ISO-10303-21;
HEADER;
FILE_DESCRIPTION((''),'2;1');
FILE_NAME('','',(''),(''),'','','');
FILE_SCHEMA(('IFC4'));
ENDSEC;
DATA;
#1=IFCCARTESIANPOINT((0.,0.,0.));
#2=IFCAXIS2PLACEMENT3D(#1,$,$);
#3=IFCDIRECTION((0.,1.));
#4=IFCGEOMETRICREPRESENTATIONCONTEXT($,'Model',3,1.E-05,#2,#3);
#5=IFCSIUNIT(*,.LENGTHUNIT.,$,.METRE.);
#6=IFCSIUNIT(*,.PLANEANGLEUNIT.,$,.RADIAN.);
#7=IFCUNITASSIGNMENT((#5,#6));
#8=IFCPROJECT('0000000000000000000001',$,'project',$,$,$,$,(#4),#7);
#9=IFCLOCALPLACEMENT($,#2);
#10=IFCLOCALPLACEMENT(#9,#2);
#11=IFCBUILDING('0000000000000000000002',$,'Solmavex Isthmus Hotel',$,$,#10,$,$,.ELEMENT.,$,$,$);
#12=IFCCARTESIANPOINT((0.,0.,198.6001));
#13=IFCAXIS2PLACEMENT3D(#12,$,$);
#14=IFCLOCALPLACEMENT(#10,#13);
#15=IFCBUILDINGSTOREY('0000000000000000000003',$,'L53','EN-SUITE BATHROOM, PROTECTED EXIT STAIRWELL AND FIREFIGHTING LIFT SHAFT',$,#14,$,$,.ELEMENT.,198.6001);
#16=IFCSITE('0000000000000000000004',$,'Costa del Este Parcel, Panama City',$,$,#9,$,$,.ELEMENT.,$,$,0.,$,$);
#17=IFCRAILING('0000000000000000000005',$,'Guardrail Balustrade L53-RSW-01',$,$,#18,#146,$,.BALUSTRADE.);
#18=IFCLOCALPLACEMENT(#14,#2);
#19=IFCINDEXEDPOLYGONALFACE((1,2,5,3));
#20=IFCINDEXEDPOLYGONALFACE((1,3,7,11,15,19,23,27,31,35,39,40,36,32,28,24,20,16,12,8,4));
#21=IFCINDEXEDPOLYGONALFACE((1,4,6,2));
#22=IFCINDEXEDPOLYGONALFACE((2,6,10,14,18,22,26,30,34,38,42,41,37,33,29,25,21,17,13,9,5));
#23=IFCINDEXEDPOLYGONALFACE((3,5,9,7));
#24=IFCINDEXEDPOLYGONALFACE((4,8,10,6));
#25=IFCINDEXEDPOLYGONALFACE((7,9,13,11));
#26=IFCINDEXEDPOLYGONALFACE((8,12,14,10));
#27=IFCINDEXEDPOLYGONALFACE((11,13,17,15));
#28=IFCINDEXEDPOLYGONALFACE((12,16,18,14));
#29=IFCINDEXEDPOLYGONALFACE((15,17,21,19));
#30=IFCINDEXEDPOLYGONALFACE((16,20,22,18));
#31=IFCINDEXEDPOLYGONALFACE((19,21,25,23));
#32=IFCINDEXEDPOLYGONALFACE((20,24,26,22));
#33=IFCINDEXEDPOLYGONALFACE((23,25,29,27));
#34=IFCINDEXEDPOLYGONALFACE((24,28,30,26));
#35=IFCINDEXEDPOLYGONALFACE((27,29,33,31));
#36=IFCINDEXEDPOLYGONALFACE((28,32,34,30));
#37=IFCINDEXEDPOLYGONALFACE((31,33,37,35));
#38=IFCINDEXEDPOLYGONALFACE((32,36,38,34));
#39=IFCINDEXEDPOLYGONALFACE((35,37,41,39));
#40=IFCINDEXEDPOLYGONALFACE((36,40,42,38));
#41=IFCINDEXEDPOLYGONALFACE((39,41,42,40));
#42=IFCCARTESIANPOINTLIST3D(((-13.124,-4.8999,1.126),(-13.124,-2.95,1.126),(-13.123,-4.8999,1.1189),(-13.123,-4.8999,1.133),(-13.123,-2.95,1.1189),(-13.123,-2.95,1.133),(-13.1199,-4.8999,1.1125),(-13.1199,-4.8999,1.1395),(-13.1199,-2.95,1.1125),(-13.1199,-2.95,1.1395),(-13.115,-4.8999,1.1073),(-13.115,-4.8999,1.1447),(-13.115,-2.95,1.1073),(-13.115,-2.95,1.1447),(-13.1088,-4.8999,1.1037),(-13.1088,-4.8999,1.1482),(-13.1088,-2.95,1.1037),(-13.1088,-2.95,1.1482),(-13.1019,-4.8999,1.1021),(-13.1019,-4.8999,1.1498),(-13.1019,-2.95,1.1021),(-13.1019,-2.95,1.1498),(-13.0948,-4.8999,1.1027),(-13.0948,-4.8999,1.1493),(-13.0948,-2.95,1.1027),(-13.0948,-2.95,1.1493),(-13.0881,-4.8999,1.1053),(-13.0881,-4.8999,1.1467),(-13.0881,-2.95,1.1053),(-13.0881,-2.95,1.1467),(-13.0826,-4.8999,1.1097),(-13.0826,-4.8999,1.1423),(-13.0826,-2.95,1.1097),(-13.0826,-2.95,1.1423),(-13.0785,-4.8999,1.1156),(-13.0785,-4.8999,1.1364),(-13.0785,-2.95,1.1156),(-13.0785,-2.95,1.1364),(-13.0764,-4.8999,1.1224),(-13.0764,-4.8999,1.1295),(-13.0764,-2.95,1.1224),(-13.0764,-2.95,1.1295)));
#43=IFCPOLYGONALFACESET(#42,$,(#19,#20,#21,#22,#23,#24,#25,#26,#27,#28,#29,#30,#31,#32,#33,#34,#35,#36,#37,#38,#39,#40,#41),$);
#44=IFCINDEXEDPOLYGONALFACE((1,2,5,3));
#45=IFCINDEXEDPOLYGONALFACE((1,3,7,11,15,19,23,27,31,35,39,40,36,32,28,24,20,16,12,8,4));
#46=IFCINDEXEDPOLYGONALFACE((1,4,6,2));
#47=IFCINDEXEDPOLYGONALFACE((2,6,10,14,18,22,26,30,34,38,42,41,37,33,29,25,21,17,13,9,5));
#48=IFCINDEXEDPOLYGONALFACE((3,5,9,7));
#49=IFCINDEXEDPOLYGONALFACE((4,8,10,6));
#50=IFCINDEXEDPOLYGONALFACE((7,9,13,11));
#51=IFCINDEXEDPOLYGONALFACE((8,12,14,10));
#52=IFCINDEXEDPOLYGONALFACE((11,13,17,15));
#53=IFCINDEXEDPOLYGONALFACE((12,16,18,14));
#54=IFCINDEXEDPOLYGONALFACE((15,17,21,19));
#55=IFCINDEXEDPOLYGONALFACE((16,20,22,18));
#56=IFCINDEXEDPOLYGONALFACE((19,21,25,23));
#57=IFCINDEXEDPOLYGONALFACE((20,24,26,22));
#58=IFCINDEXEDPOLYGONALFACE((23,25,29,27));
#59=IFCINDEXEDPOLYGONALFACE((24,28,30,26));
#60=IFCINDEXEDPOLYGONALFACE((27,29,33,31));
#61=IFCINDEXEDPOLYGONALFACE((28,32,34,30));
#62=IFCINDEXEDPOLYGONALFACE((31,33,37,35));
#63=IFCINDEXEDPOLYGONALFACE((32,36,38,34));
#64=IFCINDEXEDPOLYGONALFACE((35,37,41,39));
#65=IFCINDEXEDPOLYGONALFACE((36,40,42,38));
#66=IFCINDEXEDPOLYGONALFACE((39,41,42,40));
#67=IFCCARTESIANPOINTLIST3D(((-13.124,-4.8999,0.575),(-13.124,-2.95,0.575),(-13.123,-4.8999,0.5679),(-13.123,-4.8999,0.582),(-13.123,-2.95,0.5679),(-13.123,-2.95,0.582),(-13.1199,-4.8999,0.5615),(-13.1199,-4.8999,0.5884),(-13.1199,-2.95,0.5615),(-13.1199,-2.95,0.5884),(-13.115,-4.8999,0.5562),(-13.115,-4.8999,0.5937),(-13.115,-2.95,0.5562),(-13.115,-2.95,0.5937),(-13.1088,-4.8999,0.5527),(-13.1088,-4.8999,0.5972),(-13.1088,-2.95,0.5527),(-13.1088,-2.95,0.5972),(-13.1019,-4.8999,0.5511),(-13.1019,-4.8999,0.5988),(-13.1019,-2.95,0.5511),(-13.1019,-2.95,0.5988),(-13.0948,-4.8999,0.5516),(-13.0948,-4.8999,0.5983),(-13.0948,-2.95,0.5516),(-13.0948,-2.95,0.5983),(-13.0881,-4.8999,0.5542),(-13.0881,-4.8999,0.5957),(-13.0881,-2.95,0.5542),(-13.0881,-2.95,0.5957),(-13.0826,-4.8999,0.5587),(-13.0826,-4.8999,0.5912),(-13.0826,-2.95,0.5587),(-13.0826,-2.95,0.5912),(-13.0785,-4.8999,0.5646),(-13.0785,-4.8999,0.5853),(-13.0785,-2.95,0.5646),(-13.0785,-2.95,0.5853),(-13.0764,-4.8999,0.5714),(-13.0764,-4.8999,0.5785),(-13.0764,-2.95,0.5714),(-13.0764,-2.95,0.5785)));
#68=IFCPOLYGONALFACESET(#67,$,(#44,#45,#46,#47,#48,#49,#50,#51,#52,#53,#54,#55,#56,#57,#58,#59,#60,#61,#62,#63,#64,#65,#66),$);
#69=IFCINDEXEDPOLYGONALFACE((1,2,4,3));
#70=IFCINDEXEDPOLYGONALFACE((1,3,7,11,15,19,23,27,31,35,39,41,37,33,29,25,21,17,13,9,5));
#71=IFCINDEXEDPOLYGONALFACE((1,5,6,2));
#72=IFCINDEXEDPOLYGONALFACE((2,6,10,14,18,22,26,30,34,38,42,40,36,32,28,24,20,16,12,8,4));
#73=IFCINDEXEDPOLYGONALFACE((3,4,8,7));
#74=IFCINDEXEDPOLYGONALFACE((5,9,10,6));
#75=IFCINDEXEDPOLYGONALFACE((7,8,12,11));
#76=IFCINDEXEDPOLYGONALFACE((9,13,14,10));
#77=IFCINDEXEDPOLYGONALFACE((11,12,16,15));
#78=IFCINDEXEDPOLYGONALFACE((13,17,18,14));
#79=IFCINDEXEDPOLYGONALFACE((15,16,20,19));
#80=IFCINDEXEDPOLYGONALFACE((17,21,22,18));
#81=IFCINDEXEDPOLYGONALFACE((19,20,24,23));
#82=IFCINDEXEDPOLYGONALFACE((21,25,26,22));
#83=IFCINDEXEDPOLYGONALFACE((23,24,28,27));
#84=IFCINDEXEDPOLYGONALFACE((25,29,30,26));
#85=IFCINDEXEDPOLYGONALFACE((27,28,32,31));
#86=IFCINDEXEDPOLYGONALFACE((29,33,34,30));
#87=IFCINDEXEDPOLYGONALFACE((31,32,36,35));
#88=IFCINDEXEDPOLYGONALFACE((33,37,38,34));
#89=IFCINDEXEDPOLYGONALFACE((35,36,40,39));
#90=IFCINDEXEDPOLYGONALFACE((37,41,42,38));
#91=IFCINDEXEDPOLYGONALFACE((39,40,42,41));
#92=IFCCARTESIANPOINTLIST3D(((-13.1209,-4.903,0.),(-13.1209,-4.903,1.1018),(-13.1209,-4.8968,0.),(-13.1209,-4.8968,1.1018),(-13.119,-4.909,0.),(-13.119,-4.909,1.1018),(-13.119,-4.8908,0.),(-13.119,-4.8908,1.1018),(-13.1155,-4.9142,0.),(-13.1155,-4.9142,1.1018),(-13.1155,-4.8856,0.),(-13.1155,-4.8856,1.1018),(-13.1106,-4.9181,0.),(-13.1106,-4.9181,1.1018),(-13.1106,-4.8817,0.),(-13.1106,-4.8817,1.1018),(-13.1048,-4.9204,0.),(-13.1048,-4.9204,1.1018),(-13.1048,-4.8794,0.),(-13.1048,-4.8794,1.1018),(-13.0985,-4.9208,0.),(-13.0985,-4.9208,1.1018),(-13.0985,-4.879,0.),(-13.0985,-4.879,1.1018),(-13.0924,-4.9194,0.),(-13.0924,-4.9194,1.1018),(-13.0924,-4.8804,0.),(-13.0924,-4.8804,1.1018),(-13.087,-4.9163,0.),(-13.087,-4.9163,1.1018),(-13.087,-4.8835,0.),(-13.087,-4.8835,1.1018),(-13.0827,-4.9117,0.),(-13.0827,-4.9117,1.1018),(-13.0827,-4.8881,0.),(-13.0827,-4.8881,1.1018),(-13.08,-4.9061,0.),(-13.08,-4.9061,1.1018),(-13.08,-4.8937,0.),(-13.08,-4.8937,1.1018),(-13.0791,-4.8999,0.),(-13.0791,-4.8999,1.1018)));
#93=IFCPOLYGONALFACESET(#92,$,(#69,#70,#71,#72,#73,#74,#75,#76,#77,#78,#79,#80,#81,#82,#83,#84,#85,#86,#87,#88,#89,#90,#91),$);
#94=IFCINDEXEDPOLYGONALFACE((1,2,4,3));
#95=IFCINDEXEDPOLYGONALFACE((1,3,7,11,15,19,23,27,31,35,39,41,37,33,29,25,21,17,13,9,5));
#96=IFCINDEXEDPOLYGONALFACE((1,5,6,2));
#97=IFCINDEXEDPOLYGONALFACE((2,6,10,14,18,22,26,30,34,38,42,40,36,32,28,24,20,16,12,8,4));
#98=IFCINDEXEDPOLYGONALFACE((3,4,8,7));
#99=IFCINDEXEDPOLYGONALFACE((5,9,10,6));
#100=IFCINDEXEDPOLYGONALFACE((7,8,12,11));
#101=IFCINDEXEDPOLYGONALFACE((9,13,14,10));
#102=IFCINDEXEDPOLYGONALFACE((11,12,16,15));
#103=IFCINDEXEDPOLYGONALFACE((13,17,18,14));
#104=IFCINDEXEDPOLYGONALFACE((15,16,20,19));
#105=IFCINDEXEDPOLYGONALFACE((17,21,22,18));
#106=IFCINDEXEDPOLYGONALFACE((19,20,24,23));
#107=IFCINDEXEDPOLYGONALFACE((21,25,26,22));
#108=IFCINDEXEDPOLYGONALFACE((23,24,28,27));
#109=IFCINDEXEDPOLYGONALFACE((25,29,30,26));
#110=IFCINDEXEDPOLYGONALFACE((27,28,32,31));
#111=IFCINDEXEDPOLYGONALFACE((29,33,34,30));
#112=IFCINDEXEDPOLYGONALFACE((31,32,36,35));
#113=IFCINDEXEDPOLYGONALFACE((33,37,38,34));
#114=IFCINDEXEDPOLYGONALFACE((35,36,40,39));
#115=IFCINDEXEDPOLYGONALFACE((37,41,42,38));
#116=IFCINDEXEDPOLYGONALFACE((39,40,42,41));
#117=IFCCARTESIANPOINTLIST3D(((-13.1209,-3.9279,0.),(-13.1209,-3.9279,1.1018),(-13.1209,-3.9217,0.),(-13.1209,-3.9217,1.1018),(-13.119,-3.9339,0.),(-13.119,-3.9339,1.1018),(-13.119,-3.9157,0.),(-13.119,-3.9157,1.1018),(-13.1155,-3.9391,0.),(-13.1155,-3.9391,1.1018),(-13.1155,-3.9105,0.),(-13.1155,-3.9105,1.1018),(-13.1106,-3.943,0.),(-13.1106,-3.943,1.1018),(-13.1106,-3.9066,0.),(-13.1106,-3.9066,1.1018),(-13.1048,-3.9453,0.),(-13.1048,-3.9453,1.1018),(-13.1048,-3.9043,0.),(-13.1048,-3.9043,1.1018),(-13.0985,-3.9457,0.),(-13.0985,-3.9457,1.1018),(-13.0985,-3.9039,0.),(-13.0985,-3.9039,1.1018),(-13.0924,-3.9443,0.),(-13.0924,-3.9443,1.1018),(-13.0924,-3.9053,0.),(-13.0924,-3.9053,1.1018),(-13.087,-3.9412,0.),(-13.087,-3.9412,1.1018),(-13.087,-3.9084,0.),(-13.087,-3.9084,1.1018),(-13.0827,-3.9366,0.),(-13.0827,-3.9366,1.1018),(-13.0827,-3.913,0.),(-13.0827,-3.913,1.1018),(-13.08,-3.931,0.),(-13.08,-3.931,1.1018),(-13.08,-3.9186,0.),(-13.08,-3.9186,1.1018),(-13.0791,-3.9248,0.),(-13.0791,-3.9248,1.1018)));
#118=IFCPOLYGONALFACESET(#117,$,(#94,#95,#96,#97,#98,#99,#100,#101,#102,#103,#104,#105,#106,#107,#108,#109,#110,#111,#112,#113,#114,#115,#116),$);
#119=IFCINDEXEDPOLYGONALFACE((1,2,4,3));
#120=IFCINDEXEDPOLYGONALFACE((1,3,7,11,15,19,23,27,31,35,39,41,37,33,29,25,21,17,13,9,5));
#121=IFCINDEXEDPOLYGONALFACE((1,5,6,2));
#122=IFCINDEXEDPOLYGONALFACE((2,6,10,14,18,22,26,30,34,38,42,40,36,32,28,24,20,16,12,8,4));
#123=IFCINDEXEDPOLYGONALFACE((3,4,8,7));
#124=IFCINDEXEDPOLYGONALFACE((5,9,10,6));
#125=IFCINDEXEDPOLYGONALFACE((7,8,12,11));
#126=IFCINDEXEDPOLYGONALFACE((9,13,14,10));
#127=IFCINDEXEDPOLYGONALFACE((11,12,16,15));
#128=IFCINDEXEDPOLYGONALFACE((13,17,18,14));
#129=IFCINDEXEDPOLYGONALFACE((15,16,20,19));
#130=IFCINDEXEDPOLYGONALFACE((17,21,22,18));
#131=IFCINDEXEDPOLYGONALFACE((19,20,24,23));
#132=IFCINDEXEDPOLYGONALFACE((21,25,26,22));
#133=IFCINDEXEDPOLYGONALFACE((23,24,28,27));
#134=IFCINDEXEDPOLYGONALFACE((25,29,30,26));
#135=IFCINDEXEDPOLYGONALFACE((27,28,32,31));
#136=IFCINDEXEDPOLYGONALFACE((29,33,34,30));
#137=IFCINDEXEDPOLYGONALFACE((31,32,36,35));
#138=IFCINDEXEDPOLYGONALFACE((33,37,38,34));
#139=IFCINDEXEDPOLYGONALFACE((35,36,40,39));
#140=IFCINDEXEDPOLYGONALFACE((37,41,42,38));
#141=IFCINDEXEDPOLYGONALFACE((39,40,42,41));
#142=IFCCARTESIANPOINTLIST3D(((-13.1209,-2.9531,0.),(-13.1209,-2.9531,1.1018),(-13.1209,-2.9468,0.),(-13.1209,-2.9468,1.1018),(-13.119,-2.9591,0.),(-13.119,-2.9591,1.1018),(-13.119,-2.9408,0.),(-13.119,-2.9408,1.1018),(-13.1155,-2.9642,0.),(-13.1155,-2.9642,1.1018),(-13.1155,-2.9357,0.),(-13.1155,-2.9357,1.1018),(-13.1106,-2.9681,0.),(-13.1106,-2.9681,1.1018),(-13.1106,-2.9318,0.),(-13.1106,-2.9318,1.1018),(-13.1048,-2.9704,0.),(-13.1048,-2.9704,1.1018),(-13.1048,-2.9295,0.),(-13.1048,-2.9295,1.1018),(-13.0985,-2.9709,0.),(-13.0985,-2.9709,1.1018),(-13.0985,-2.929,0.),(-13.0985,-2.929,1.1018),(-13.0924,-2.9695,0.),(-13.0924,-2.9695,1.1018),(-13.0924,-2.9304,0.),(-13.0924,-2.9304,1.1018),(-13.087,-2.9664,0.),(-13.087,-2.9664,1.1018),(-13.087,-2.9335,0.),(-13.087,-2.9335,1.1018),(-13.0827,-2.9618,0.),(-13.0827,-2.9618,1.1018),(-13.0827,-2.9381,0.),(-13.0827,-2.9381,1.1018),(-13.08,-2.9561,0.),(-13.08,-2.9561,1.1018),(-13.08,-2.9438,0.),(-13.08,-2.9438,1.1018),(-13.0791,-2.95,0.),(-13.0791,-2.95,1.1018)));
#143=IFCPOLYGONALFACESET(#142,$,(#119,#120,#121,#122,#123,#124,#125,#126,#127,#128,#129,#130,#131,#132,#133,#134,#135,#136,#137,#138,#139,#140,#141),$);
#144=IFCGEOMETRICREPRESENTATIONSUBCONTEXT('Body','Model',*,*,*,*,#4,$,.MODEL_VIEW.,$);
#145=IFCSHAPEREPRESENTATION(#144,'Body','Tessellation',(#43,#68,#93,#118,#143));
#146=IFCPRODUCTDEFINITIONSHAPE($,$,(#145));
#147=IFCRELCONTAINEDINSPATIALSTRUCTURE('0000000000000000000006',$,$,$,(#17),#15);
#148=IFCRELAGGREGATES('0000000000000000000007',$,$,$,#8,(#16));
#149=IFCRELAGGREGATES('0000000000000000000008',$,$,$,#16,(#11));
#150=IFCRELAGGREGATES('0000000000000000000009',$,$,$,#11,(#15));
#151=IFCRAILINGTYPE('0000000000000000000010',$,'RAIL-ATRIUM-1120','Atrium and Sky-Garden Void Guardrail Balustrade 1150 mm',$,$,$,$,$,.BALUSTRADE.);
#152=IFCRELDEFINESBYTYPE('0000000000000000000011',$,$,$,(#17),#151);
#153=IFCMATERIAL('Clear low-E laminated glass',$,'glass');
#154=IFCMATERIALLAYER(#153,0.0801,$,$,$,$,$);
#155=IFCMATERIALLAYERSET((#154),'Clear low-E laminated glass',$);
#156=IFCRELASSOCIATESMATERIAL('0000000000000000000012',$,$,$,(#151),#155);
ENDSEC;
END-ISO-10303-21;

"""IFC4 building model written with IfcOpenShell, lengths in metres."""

from ifc_helpers import new_model, si_unit, direction, frame, origin, origin_2d, place, context, subcontext, project, spatial, circle, extrude, material, layer, layer_set, type_object, element, save


model = new_model("IFC4")

# Units and contexts
model_context = context("Model", 3, precision=1e-05, world=origin(), true_north=direction((0.0, 1.0)))
body_context = subcontext(model_context, "Body", "Model", "MODEL_VIEW")
ifc_project = project(units=[si_unit("LENGTHUNIT", "METRE"), si_unit("PLANEANGLEUNIT", "RADIAN")], contexts=[model_context])

# Site, building, storey
site_placement = place(None, origin())
site = spatial("IfcSite", under=ifc_project, at=site_placement, Name="Costa del Este Parcel, Panama City", CompositionType="ELEMENT", RefElevation=0.0)
building_placement = place(site_placement, origin())
building = spatial("IfcBuilding", under=site, at=building_placement, Name="Solmavex Isthmus Hotel", CompositionType="ELEMENT")
storey_placement = place(building_placement, frame((0.0, 0.0, 198.6001)))
storey = spatial("IfcBuildingStorey", under=building, at=storey_placement, Name="L53", Description="EN-SUITE BATHROOM, PROTECTED EXIT STAIRWELL AND FIREFIGHTING LIFT SHAFT", CompositionType="ELEMENT", Elevation=198.6001)

# Shared definitions
ifc_material_1 = material(Name="Clear low-E laminated glass", Category="glass")

# Railing
ifc_layer_1 = layer(ifc_material_1, 0.0801)
ifc_layer_set_1 = layer_set([ifc_layer_1], Name="Clear low-E laminated glass")
railing_type_1 = type_object("IfcRailingType", Name="RAIL-ATRIUM-1120", Description="Atrium and Sky-Garden Void Guardrail Balustrade 1150 mm", PredefinedType="BALUSTRADE", material=ifc_layer_set_1)
railing_1_placement = place(storey_placement, frame((-13.1001, -4.8999, 0.0)))
element("IfcRailing", 1, at=railing_1_placement, inside=storey, type_object=railing_type_1, Name="Guardrail Balustrade L53-RSW-01", PredefinedType="BALUSTRADE", context=body_context, shape_type="SweptSolid", body=[
    extrude(circle(Radius=0.0239, at=origin_2d()), frame((0.0, 0.0, 1.126), z_axis=(0.0, 1.0, 0.0), x_axis=(-1.0, 0.0, 0.0)), (0.0, 0.0, 1.0), 1.95),
    extrude(circle(Radius=0.0239, at=origin_2d()), frame((0.0, 0.0, 0.575), z_axis=(0.0, 1.0, 0.0), x_axis=(-1.0, 0.0, 0.0)), (0.0, 0.0, 1.0), 1.95),
    extrude(circle(Radius=0.021, at=origin_2d()), origin(), (0.0, 0.0, 1.0), 1.1018),
    extrude(circle(Radius=0.021, at=origin_2d()), frame((0.0, 0.9751, 0.0)), (0.0, 0.0, 1.0), 1.1018),
    extrude(circle(Radius=0.021, at=origin_2d()), frame((0.0, 1.95, 0.0)), (0.0, 0.0, 1.0), 1.1018),
])

save(model, "model.ifc")
